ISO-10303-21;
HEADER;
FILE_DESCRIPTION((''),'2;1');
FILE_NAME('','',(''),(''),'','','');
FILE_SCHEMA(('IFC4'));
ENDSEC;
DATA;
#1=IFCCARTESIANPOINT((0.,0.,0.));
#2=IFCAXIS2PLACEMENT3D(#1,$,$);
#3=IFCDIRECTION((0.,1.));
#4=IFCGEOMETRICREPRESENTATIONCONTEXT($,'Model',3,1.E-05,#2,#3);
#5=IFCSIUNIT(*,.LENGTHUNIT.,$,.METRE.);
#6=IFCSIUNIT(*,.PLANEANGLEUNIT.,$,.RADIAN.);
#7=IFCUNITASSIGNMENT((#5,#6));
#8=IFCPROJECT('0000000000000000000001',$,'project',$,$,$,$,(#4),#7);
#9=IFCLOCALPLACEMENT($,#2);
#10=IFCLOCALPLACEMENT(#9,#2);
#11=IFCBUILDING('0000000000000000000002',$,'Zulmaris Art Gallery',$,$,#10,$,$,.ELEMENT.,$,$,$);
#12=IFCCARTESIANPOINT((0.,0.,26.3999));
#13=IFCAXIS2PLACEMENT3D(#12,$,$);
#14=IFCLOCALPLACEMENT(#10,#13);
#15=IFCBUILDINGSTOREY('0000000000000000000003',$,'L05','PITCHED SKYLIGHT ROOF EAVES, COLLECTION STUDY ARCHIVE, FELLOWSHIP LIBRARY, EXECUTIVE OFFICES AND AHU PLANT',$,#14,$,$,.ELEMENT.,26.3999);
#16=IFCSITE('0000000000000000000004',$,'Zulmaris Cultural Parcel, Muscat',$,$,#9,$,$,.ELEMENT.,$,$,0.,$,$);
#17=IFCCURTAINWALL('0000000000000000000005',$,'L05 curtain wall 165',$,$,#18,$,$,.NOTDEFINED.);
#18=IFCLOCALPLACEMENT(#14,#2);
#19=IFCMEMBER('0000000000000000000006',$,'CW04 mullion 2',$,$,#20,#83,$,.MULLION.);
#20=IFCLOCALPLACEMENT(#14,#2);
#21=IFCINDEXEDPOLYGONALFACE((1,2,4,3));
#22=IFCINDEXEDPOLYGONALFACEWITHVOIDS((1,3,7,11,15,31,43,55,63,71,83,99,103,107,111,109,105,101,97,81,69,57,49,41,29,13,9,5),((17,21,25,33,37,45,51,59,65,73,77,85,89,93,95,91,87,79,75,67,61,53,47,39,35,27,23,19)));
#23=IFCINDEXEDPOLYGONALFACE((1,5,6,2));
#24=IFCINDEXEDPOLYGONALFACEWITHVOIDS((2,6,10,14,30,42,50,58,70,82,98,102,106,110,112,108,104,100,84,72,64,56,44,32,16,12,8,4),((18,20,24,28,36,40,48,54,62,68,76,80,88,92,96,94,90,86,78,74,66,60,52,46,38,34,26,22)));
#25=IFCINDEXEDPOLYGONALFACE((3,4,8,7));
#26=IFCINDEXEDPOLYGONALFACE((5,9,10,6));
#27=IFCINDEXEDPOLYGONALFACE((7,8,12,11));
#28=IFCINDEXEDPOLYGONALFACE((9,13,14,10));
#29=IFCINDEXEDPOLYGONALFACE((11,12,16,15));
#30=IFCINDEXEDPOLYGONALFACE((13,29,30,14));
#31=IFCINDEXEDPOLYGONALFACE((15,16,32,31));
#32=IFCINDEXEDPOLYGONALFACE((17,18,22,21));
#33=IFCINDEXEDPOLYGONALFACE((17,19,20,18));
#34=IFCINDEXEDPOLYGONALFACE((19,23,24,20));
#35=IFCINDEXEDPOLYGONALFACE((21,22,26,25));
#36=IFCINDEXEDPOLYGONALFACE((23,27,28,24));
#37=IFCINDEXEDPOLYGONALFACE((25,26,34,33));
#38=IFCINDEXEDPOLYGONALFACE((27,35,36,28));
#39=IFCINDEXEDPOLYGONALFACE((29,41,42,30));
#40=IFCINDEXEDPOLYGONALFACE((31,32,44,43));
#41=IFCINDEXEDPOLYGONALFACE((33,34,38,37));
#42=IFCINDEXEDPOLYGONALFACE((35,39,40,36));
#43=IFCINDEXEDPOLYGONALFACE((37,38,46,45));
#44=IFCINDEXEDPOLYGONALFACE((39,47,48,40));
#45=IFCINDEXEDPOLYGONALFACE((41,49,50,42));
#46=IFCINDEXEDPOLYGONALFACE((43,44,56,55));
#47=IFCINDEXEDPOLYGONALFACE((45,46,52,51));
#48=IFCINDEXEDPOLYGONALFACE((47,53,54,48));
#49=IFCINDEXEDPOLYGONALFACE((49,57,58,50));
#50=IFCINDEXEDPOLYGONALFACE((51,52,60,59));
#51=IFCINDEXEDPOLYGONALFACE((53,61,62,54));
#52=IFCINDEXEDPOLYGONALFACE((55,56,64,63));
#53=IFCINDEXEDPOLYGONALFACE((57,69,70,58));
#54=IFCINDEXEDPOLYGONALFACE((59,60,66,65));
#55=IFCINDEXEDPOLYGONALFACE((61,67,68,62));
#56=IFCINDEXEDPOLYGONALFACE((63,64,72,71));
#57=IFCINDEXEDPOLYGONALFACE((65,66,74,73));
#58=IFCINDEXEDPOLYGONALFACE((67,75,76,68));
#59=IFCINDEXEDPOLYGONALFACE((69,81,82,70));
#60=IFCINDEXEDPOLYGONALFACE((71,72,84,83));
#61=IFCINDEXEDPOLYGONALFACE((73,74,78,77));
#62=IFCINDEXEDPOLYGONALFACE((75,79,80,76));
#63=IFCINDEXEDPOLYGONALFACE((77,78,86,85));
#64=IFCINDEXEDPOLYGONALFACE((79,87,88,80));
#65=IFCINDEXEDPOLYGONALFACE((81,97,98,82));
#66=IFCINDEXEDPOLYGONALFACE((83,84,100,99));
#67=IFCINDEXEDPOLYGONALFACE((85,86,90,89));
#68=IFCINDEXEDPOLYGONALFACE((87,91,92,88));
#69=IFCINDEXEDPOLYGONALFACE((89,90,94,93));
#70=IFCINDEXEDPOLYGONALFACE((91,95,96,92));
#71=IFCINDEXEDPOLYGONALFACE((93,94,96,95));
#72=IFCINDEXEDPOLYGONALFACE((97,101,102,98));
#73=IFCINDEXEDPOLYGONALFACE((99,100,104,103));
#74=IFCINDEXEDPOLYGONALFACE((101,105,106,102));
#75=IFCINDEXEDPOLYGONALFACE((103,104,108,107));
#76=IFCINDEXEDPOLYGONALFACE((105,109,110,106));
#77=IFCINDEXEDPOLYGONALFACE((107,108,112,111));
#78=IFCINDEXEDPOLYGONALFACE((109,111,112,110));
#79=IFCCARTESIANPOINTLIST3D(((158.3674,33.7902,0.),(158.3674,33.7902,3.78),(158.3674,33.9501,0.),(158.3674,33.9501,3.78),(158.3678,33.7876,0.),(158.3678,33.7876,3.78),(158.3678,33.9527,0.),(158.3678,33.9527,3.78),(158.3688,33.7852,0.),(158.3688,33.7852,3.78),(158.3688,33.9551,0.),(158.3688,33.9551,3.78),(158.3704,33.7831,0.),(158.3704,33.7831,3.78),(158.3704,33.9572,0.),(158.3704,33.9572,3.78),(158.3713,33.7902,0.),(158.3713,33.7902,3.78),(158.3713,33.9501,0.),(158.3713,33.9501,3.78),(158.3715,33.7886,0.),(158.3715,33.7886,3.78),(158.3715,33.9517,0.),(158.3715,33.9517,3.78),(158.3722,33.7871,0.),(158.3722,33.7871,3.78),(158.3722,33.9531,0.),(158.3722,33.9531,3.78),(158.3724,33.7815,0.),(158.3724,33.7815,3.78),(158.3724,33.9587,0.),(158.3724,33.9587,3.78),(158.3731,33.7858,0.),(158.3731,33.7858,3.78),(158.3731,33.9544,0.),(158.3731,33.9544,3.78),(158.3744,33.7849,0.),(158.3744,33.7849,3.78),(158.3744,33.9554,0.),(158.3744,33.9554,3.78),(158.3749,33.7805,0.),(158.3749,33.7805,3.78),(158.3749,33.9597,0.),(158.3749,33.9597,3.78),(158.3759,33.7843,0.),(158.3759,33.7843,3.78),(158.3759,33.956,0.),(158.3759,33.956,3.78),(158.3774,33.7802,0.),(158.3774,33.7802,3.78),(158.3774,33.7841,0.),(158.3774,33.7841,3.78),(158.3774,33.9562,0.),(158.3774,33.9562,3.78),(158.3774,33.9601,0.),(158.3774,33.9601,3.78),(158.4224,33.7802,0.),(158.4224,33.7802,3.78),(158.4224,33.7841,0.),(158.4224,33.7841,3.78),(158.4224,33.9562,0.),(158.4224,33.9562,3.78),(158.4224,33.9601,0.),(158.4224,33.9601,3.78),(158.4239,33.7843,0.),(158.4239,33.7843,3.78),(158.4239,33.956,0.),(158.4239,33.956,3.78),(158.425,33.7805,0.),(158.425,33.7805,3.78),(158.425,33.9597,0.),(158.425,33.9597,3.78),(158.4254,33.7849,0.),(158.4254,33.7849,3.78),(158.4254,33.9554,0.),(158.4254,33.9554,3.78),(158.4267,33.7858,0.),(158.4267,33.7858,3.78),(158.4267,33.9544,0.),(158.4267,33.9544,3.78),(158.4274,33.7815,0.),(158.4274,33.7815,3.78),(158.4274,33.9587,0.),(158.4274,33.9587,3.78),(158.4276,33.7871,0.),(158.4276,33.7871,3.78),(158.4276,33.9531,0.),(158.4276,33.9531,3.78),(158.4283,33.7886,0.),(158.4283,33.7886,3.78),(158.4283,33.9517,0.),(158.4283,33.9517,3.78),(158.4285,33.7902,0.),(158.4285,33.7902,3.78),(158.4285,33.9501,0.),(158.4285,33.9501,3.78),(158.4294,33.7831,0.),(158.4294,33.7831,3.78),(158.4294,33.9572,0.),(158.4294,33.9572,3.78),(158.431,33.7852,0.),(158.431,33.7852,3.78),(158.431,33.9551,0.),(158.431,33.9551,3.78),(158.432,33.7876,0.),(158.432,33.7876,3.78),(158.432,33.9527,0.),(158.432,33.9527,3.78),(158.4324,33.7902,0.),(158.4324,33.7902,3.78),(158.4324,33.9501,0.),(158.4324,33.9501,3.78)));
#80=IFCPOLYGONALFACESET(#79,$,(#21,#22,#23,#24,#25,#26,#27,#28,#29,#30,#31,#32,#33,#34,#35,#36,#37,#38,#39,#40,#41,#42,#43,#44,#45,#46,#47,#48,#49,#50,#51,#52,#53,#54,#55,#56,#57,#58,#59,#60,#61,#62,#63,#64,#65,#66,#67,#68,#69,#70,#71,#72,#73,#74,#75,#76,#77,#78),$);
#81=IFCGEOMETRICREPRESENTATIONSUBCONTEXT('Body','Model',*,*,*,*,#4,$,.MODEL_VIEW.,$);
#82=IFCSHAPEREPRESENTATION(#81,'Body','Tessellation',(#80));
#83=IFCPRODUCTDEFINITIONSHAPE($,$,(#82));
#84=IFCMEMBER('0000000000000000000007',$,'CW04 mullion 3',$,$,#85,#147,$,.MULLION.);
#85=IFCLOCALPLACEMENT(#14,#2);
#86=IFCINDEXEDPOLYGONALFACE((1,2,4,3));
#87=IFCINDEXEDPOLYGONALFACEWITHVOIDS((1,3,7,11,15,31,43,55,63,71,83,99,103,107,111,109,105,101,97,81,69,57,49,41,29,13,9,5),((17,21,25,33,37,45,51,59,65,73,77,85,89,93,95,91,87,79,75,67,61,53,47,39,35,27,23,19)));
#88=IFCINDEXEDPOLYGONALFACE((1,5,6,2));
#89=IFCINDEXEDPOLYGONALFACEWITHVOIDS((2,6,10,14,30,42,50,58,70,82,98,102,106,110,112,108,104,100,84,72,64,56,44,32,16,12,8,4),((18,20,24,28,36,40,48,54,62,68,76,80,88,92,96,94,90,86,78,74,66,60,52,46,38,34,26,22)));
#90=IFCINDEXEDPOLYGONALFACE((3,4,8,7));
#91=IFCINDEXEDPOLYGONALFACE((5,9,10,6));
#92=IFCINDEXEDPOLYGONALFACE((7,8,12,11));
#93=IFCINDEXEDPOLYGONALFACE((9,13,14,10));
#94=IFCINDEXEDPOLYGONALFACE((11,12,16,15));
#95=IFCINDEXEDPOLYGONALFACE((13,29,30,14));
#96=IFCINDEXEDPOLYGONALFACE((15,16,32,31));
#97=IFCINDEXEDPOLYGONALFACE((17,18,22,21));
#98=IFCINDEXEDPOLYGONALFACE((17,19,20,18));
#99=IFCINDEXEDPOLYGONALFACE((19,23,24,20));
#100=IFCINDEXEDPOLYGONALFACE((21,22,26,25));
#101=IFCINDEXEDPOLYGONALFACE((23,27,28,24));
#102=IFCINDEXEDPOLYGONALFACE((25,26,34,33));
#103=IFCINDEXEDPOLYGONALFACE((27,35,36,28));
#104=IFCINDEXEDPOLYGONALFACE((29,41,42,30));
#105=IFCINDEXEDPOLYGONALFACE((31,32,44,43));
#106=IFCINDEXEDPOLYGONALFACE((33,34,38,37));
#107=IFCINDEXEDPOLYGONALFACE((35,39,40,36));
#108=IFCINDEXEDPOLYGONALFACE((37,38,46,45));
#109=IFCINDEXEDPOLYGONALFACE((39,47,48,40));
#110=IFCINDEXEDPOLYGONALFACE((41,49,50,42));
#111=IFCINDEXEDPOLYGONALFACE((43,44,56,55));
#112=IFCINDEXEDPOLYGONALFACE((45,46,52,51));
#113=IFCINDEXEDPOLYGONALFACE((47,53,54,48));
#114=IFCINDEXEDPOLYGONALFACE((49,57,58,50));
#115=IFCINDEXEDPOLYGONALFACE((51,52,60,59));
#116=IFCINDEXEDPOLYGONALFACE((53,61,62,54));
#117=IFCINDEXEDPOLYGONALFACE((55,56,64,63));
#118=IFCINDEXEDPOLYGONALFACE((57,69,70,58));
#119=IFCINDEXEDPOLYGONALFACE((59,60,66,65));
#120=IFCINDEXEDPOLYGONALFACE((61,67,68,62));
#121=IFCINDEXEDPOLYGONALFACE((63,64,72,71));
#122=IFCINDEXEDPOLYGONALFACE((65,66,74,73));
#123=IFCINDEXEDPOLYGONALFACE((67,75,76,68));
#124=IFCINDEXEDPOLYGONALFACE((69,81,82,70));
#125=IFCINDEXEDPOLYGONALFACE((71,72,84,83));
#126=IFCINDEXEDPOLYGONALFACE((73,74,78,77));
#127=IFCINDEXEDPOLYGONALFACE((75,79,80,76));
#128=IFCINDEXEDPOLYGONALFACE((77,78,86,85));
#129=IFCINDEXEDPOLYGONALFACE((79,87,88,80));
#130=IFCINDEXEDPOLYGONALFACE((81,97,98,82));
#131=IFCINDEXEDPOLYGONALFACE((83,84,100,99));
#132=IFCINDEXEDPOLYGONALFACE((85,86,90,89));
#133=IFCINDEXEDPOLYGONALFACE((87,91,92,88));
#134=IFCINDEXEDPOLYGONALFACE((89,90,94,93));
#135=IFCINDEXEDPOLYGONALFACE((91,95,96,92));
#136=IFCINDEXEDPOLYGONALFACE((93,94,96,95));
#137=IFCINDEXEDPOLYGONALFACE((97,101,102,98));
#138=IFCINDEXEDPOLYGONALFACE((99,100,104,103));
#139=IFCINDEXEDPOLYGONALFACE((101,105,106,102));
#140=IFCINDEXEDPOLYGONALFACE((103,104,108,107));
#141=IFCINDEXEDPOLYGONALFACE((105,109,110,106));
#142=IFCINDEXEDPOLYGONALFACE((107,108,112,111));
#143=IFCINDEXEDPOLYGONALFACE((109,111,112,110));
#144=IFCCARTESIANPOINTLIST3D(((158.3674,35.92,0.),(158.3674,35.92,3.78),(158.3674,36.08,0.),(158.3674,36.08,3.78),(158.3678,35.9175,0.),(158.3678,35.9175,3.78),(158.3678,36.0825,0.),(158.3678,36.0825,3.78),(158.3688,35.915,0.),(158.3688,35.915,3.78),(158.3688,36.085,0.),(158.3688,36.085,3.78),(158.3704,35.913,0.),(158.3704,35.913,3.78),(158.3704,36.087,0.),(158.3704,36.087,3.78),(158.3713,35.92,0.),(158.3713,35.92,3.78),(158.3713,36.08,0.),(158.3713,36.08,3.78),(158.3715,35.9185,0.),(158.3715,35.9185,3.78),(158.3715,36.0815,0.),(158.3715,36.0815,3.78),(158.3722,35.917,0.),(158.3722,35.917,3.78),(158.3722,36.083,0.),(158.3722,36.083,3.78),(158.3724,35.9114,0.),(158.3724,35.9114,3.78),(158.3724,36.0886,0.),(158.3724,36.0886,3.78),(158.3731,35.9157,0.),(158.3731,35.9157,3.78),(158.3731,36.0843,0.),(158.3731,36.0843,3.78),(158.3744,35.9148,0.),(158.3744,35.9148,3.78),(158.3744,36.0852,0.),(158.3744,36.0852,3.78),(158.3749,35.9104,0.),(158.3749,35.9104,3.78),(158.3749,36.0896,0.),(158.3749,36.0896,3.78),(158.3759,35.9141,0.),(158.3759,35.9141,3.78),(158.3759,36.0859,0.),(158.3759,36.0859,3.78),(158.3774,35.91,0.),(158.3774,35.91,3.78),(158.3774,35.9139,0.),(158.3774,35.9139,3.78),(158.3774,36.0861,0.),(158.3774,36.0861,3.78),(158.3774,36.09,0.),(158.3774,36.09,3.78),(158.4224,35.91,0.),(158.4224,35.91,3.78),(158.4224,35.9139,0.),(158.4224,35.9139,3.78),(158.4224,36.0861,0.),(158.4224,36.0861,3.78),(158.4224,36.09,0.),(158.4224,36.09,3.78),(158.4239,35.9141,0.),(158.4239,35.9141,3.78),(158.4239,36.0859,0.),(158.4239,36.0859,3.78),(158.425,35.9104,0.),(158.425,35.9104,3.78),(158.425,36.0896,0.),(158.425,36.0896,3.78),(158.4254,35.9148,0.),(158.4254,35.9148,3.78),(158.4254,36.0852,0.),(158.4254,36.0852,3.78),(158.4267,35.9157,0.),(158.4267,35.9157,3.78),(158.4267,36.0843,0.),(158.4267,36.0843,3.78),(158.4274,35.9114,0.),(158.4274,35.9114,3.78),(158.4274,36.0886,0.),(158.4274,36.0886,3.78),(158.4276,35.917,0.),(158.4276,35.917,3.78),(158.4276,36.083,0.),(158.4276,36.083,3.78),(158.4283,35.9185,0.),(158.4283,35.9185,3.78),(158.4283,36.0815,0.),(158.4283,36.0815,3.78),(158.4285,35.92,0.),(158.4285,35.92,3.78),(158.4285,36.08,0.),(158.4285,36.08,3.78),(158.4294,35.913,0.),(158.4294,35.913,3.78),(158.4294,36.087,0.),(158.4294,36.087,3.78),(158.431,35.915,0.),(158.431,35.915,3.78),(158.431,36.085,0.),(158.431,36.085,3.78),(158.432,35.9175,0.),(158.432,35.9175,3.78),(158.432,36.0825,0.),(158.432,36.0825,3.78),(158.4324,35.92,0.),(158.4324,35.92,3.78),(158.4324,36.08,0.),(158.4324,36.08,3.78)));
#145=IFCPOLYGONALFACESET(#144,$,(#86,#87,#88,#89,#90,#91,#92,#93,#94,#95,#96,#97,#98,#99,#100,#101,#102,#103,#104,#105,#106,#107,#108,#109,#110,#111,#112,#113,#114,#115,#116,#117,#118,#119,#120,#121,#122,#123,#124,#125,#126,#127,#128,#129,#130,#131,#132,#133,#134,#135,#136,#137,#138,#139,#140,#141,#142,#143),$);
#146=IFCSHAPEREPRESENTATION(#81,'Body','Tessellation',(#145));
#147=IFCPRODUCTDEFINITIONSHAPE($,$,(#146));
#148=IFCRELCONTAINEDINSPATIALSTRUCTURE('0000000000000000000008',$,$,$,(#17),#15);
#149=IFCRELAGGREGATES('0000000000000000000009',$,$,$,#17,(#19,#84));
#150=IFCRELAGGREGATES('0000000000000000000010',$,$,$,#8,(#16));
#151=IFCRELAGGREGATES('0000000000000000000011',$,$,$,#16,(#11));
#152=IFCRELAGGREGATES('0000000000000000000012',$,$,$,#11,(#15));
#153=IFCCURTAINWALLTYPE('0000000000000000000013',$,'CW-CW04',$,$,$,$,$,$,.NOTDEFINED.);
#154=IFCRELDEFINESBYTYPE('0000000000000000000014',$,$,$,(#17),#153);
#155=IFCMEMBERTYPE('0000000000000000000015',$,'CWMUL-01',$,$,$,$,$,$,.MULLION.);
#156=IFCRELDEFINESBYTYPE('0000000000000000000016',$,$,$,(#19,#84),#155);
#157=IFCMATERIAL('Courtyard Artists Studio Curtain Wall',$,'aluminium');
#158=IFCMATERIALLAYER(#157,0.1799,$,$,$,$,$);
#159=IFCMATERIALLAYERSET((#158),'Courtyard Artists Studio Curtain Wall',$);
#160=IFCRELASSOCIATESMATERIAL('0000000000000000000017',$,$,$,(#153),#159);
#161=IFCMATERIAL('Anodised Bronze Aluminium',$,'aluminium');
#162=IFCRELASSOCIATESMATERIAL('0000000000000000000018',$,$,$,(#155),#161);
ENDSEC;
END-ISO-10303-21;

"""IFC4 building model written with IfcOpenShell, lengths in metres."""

from ifc_helpers import new_model, si_unit, direction, frame, origin, origin_2d, place, context, subcontext, project, spatial, hollow_rectangle, extrude, material, layer, layer_set, material_profile, profile_set, type_object, element, aggregate, save


model = new_model("IFC4")

# Units and contexts
model_context = context("Model", 3, precision=1e-05, world=origin(), true_north=direction((0.0, 1.0)))
body_context = subcontext(model_context, "Body", "Model", "MODEL_VIEW")
ifc_project = project(units=[si_unit("LENGTHUNIT", "METRE"), si_unit("PLANEANGLEUNIT", "RADIAN")], contexts=[model_context])

# Site, building, storey
site_placement = place(None, origin())
site = spatial("IfcSite", under=ifc_project, at=site_placement, Name="Zulmaris Cultural Parcel, Muscat", CompositionType="ELEMENT", RefElevation=0.0)
building_placement = place(site_placement, origin())
building = spatial("IfcBuilding", under=site, at=building_placement, Name="Zulmaris Art Gallery", CompositionType="ELEMENT")
storey_placement = place(building_placement, frame((0.0, 0.0, 26.3999)))
storey = spatial("IfcBuildingStorey", under=building, at=storey_placement, Name="L05", Description="PITCHED SKYLIGHT ROOF EAVES, COLLECTION STUDY ARCHIVE, FELLOWSHIP LIBRARY, EXECUTIVE OFFICES AND AHU PLANT", CompositionType="ELEMENT", Elevation=26.3999)

# Curtain wall, members
ifc_material_1 = material(Name="Courtyard Artists Studio Curtain Wall", Category="aluminium")
ifc_layer_1 = layer(ifc_material_1, 0.1799)
ifc_layer_set_1 = layer_set([ifc_layer_1], Name="Courtyard Artists Studio Curtain Wall")
curtain_wall_type = type_object("IfcCurtainWallType", Name="CW-CW04", PredefinedType="NOTDEFINED", material=ifc_layer_set_1)
curtain_wall_placement = place(storey_placement, origin())
curtain_wall = element("IfcCurtainWall", 1, at=curtain_wall_placement, inside=storey, type_object=curtain_wall_type, Name="L05 curtain wall 165", PredefinedType="NOTDEFINED")
ifc_material_2 = material(Name="Anodised Bronze Aluminium", Category="aluminium")
ifc_material_profile_1 = material_profile(ifc_material_2, hollow_rectangle(XDim=0.0649, YDim=0.1799, WallThickness=0.0039, InnerFilletRadius=0.0061, OuterFilletRadius=0.01, at=origin_2d()), Name="ALU 65x180x4")
ifc_profile_set_1 = profile_set([ifc_material_profile_1], Name="Anodised Bronze Aluminium")
member_type_1 = type_object("IfcMemberType", Name="CWMUL-01", PredefinedType="MULLION", material=ifc_profile_set_1)
member_1_placement = place(storey_placement, frame((158.3999, 33.8701, 0.0), z_axis=(0.0, 0.0, 1.0), x_axis=(-1.0, 0.0, 0.0)))
member_1 = element("IfcMember", 2, at=member_1_placement, type_object=member_type_1, Name="CW04 mullion 2", PredefinedType="MULLION", context=body_context, shape_type="SweptSolid", body=[
    extrude(hollow_rectangle(XDim=0.0649, YDim=0.1799, WallThickness=0.0039, InnerFilletRadius=0.0061, OuterFilletRadius=0.01, at=origin_2d()), origin(), (0.0, 0.0, 1.0), 3.78),
])
member_2_placement = place(storey_placement, frame((158.3999, 36.0, 0.0), z_axis=(0.0, 0.0, 1.0), x_axis=(-1.0, 0.0, 0.0)))
member_2 = element("IfcMember", 3, at=member_2_placement, type_object=member_type_1, Name="CW04 mullion 3", PredefinedType="MULLION", context=body_context, shape_type="SweptSolid", body=[
    extrude(hollow_rectangle(XDim=0.0649, YDim=0.1799, WallThickness=0.0039, InnerFilletRadius=0.0061, OuterFilletRadius=0.01, at=origin_2d()), origin(), (0.0, 0.0, 1.0), 3.78),
])
aggregate(curtain_wall, [member_1, member_2])

save(model, "model.ifc")
